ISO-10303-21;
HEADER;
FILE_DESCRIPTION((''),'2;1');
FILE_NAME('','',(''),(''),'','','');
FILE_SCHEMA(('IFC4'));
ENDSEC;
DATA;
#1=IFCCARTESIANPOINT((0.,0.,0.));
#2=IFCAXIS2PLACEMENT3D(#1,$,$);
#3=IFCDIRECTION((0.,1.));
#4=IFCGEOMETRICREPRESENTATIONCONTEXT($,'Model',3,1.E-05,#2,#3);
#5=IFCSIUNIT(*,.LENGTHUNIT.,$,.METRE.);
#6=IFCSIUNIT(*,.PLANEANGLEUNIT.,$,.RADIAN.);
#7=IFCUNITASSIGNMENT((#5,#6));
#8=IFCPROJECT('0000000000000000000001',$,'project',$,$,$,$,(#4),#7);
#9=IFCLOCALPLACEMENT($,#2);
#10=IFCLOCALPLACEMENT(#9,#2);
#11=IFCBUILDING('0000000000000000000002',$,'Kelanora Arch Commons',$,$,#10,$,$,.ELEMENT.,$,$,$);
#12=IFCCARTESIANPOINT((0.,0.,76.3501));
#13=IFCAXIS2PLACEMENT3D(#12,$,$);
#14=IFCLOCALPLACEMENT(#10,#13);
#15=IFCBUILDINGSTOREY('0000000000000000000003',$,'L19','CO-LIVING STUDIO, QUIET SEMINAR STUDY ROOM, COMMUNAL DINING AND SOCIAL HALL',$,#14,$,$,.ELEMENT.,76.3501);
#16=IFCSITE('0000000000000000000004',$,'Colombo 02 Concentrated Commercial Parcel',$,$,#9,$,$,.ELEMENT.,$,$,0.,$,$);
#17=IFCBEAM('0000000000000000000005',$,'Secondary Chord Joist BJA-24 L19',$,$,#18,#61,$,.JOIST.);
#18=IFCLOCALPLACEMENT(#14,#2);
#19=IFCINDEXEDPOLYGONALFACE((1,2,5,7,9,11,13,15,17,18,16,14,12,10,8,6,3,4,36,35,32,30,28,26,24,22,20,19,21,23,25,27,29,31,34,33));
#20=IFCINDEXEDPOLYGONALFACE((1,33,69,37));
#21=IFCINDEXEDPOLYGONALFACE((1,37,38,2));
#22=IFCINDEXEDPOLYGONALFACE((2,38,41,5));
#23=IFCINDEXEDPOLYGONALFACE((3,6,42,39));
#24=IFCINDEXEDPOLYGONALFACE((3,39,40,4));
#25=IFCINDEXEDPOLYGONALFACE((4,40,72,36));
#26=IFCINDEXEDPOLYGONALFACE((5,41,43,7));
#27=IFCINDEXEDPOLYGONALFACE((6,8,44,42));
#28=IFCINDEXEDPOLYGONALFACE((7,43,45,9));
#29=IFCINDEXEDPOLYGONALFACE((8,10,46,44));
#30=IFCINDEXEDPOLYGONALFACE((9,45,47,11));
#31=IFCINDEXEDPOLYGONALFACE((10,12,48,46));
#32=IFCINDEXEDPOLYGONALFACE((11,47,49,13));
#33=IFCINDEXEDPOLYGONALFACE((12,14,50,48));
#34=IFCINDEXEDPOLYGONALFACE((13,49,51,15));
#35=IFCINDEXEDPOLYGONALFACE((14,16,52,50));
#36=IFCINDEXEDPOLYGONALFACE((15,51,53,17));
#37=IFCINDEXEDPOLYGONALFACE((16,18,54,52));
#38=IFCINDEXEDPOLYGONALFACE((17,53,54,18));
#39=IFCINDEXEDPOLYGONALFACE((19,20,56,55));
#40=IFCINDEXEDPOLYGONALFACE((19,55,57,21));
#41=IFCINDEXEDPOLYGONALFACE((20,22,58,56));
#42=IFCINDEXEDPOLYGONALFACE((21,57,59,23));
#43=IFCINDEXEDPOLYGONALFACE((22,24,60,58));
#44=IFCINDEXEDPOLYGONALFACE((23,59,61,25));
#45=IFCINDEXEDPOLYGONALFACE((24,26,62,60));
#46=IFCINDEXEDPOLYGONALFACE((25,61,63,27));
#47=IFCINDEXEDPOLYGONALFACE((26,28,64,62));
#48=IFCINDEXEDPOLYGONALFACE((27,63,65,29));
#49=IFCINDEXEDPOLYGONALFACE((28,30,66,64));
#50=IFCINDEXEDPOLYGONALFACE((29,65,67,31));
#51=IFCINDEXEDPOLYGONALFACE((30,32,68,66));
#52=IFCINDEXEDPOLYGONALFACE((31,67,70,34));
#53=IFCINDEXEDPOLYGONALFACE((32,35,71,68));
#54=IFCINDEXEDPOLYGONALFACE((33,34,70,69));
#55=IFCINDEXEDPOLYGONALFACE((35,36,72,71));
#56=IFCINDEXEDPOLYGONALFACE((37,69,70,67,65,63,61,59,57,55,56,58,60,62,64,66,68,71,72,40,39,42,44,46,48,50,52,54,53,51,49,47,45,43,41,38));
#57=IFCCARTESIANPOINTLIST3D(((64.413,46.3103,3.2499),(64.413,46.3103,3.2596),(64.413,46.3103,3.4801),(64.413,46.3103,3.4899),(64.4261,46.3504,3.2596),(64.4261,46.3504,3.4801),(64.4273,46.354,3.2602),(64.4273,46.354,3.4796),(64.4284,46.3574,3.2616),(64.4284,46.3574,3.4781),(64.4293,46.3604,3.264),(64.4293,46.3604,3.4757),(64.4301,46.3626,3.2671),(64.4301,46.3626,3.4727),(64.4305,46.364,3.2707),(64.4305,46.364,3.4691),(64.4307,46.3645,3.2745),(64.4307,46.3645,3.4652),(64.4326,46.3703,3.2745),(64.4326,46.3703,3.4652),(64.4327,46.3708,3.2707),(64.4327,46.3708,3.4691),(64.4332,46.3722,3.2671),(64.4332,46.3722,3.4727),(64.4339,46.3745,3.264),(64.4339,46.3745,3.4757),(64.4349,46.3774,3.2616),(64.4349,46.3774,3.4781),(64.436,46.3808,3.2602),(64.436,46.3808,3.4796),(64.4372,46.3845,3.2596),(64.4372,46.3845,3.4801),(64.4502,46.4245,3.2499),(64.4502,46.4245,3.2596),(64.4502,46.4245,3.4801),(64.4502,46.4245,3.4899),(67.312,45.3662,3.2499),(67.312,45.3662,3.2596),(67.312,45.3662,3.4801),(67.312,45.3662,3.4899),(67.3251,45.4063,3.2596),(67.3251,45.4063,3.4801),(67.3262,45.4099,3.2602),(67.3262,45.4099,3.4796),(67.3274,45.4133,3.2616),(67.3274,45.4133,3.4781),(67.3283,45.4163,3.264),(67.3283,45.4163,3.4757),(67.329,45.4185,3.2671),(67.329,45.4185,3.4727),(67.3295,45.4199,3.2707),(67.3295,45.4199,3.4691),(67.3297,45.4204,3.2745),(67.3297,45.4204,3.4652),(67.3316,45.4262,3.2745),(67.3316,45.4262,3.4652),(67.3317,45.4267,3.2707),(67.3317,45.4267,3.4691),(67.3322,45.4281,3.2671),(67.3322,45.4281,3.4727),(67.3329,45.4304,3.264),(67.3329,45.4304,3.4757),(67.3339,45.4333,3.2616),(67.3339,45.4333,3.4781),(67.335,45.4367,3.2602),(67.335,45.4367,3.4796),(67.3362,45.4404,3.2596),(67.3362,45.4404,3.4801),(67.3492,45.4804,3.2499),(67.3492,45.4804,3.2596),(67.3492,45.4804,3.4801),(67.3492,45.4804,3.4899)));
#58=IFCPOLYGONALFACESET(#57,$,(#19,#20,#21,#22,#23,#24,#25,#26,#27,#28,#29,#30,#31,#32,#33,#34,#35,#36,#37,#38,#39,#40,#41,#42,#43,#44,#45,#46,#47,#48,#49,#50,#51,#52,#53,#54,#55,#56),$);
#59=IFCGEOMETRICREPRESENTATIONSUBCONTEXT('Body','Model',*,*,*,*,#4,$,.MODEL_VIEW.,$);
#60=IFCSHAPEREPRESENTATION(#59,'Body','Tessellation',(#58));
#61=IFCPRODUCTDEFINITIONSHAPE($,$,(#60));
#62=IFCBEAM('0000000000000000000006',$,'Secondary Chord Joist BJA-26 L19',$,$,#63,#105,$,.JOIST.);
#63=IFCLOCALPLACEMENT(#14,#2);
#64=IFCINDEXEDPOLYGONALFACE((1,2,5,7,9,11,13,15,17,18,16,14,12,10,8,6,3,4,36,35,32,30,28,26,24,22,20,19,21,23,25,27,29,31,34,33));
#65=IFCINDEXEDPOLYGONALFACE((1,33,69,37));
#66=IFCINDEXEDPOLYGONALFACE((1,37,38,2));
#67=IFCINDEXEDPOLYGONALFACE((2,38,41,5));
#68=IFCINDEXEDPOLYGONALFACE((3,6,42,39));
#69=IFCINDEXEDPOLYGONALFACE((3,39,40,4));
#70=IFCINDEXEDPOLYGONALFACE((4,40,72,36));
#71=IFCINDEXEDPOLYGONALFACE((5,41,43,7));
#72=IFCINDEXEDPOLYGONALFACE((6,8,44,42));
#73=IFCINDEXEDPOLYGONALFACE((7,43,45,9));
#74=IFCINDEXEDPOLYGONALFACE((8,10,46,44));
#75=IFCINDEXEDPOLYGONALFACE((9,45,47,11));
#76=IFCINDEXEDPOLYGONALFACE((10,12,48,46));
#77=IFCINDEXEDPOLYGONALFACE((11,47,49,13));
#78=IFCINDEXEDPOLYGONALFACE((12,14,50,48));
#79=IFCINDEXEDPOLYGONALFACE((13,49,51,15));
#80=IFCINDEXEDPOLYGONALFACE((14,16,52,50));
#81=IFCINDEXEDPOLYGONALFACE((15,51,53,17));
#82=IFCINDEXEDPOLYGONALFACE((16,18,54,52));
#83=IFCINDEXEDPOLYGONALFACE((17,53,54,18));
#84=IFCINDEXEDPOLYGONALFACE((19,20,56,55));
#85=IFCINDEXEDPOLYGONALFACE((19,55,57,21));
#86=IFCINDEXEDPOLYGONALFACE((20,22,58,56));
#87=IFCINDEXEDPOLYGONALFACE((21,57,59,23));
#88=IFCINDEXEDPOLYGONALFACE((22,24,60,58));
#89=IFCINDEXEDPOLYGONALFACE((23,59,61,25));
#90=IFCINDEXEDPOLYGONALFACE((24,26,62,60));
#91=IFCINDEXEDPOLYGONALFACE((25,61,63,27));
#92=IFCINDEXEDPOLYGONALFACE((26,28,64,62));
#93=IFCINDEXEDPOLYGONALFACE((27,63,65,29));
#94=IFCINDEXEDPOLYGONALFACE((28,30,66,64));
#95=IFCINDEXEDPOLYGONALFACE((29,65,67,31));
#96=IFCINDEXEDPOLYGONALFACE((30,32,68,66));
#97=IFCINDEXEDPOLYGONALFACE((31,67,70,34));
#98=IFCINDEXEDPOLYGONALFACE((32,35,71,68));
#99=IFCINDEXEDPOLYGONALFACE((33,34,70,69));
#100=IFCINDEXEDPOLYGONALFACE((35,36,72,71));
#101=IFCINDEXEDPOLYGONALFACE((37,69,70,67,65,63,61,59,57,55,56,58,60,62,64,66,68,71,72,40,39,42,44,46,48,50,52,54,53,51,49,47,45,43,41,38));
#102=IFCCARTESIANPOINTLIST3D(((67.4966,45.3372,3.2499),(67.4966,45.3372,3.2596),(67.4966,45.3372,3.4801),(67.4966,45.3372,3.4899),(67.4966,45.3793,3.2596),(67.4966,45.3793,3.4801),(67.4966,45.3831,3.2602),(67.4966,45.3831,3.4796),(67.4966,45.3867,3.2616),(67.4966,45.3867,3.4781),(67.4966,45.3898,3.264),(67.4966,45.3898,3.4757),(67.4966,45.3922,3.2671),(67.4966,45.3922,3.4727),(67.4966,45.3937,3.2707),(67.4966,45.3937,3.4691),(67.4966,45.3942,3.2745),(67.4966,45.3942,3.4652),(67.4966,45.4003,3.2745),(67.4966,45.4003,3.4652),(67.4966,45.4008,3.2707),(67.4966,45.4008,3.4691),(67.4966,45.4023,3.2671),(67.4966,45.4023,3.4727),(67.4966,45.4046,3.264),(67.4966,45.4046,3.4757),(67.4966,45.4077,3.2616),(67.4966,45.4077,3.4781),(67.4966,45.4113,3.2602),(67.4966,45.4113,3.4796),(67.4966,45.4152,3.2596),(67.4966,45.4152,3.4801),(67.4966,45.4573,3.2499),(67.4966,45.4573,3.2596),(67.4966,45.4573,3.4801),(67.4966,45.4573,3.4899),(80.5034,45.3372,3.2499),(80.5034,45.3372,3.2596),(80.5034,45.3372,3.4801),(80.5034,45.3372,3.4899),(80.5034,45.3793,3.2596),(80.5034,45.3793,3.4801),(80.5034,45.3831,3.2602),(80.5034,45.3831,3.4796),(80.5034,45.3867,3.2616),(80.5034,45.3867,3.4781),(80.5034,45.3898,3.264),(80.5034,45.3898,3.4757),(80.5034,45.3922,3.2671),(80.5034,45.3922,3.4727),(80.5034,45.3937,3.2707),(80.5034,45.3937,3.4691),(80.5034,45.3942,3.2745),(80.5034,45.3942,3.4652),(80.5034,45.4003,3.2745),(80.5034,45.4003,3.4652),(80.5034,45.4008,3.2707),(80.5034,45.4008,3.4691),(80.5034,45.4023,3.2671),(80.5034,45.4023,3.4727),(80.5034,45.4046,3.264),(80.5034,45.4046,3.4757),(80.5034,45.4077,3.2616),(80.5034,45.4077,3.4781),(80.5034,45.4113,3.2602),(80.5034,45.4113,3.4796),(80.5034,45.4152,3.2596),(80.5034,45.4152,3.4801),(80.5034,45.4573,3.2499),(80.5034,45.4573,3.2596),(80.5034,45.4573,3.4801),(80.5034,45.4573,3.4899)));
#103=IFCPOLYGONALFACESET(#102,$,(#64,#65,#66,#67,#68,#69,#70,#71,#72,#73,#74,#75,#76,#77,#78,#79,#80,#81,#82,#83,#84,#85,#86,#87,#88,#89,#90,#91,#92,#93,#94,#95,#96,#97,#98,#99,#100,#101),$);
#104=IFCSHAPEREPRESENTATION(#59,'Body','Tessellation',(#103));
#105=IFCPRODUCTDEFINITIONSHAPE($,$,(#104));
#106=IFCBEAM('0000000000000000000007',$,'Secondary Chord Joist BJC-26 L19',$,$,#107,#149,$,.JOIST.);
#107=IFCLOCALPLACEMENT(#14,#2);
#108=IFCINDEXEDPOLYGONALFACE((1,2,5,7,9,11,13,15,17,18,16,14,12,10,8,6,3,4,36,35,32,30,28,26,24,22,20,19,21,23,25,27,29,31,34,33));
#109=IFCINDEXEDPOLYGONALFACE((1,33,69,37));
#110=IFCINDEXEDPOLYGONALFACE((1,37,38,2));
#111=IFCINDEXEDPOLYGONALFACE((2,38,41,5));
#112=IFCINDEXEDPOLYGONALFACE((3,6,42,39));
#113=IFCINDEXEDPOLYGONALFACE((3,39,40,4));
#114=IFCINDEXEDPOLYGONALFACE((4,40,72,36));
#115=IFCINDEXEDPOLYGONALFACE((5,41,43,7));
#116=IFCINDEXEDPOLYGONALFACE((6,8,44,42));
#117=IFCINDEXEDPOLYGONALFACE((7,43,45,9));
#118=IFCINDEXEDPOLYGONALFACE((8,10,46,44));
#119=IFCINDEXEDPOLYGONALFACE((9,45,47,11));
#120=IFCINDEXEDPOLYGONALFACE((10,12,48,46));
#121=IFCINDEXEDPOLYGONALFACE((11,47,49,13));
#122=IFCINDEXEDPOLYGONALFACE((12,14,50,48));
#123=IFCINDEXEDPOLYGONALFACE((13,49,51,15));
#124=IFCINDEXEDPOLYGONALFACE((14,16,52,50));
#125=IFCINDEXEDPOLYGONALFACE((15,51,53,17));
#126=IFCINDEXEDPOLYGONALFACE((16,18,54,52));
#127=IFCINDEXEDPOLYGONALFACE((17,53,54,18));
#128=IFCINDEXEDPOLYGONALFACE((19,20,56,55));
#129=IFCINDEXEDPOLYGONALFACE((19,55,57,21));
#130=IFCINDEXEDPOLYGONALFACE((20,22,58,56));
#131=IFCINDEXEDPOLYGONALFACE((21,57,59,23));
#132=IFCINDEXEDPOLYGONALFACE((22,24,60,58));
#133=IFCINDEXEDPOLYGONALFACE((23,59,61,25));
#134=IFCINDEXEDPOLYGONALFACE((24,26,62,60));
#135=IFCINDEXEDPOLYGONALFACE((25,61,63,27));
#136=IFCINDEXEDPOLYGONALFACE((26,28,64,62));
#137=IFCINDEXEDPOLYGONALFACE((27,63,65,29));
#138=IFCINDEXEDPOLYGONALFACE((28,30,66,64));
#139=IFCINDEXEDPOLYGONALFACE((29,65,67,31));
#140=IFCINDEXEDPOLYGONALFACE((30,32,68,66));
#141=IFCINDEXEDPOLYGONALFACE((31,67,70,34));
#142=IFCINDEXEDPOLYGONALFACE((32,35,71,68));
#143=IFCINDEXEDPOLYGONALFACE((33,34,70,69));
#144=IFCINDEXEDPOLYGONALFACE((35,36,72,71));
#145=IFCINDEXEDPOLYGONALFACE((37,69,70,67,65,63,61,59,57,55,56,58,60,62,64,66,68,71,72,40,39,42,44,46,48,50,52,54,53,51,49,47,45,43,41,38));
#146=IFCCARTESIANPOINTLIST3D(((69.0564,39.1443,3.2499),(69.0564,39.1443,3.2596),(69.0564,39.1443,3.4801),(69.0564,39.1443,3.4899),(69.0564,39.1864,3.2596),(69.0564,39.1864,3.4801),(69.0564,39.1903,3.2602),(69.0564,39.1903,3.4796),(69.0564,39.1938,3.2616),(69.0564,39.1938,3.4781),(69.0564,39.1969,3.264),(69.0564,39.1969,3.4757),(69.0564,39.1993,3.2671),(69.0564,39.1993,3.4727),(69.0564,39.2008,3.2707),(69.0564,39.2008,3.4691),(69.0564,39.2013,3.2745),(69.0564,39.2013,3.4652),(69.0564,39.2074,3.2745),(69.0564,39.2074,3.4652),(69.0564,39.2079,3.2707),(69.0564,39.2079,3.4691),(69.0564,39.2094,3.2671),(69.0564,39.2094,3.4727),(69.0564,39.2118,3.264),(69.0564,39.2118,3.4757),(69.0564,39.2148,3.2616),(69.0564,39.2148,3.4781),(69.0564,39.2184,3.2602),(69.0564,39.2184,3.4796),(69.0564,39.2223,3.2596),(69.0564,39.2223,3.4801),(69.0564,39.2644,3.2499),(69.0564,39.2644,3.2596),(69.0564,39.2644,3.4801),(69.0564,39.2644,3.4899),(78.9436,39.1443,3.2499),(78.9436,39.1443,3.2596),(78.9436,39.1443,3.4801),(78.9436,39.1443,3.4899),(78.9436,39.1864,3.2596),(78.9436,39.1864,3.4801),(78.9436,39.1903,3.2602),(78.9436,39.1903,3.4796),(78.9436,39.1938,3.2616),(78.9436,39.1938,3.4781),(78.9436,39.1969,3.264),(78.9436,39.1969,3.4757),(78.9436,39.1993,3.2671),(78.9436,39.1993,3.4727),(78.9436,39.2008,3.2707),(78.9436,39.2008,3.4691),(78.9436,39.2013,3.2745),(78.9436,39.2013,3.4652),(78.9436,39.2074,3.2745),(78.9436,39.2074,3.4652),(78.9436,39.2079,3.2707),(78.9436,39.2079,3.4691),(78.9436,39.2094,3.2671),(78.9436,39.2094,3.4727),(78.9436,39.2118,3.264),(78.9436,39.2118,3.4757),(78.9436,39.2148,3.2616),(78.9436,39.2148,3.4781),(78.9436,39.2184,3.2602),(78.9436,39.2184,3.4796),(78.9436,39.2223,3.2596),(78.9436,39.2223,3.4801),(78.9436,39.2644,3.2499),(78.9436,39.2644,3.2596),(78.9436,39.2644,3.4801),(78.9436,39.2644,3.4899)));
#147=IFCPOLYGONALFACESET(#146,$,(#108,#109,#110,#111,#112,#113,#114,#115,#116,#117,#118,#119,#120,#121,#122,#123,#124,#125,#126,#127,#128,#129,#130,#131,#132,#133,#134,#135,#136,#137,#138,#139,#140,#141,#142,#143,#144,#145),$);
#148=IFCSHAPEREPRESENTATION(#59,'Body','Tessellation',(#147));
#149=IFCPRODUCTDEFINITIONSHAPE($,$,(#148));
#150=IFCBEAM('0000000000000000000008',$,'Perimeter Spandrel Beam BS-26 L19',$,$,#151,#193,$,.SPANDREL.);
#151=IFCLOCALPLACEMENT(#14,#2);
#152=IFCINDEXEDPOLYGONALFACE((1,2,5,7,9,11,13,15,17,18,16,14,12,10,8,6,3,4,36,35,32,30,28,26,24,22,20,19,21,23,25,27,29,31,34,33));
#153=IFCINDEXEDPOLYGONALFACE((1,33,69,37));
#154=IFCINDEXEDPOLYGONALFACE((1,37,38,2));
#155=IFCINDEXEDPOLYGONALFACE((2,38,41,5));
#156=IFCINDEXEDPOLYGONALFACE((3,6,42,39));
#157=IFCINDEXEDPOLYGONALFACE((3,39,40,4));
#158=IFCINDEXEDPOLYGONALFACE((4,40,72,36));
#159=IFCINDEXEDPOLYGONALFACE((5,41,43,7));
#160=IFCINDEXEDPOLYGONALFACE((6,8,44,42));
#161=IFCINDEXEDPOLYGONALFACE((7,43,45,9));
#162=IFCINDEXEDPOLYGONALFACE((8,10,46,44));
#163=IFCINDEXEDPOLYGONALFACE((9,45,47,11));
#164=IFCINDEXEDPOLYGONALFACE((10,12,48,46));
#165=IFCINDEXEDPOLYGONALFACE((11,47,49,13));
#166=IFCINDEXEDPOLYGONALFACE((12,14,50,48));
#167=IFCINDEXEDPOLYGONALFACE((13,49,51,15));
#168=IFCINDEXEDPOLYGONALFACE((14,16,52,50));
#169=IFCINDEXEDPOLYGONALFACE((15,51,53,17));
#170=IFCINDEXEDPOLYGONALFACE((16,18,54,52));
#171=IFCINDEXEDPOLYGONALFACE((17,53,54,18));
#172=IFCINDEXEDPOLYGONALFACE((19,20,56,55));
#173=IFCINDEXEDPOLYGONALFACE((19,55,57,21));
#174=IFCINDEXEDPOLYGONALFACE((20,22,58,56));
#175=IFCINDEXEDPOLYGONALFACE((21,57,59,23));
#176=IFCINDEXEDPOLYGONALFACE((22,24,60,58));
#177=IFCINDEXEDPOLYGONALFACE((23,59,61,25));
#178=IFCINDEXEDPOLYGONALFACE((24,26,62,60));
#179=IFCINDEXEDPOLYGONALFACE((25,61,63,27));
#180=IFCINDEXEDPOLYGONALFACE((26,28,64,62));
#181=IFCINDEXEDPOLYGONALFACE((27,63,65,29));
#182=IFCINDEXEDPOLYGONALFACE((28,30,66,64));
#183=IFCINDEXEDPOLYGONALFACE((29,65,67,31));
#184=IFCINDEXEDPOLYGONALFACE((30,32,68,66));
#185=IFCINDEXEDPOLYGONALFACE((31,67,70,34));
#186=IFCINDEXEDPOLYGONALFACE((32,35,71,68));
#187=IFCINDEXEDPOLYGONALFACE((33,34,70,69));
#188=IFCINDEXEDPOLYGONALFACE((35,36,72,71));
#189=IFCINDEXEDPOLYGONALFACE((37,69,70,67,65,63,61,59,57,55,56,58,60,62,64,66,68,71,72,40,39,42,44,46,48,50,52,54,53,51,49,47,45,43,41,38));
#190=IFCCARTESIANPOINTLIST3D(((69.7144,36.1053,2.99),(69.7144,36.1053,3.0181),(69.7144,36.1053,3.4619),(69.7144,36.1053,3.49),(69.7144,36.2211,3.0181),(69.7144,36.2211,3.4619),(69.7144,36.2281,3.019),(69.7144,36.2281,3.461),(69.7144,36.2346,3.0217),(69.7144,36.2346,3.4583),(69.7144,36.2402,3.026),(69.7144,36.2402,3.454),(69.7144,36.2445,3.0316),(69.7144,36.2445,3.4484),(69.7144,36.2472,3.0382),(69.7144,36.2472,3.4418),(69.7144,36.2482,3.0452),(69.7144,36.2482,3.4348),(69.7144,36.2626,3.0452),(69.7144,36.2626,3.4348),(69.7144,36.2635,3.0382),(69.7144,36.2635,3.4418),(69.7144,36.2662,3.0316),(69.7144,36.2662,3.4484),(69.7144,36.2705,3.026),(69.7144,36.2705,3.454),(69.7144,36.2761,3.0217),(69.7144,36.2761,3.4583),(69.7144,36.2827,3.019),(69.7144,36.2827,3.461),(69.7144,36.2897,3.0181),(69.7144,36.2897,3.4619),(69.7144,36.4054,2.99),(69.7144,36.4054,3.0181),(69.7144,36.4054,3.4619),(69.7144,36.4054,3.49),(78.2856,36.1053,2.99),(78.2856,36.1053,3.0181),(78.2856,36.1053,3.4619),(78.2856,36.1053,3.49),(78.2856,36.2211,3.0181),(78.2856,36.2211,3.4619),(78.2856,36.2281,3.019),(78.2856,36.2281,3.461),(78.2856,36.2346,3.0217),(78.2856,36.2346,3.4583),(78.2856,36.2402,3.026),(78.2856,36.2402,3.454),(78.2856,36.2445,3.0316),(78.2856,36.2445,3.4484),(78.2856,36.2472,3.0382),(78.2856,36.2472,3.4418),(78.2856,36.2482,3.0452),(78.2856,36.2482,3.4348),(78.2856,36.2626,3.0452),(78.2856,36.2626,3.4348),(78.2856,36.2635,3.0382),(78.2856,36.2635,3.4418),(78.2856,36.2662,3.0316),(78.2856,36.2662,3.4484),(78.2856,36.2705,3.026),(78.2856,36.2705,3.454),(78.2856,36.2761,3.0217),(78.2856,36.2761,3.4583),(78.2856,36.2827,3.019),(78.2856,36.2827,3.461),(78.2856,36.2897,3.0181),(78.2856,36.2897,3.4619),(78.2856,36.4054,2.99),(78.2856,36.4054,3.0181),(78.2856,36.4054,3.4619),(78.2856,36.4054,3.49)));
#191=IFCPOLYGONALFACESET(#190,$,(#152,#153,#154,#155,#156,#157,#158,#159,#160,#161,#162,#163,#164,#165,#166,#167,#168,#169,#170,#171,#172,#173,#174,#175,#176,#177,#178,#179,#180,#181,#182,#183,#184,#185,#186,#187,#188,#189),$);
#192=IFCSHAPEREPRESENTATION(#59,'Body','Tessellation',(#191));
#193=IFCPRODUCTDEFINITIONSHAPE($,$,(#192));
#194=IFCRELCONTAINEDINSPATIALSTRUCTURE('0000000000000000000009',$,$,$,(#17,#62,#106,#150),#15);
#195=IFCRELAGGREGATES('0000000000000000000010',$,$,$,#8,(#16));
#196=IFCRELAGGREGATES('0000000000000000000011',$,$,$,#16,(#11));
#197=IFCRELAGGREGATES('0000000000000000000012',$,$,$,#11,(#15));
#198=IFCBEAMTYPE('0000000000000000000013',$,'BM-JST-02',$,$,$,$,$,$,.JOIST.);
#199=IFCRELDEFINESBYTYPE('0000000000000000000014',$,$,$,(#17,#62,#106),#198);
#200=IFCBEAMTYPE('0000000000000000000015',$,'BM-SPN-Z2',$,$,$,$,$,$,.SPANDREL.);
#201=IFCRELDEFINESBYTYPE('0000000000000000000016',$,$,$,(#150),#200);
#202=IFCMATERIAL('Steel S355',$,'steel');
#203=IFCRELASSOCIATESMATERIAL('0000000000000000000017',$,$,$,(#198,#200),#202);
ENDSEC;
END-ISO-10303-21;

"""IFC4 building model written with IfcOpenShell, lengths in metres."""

from ifc_helpers import new_model, si_unit, direction, frame, origin, origin_2d, place, context, subcontext, project, spatial, i_section, extrude, material, material_profile, profile_set, type_object, element, save


model = new_model("IFC4")

# Units and contexts
model_context = context("Model", 3, precision=1e-05, world=origin(), true_north=direction((0.0, 1.0)))
body_context = subcontext(model_context, "Body", "Model", "MODEL_VIEW")
ifc_project = project(units=[si_unit("LENGTHUNIT", "METRE"), si_unit("PLANEANGLEUNIT", "RADIAN")], contexts=[model_context])

# Site, building, storey
site_placement = place(None, origin())
site = spatial("IfcSite", under=ifc_project, at=site_placement, Name="Colombo 02 Concentrated Commercial Parcel", CompositionType="ELEMENT", RefElevation=0.0)
building_placement = place(site_placement, origin())
building = spatial("IfcBuilding", under=site, at=building_placement, Name="Kelanora Arch Commons", CompositionType="ELEMENT")
storey_placement = place(building_placement, frame((0.0, 0.0, 76.3501)))
storey = spatial("IfcBuildingStorey", under=building, at=storey_placement, Name="L19", Description="CO-LIVING STUDIO, QUIET SEMINAR STUDY ROOM, COMMUNAL DINING AND SOCIAL HALL", CompositionType="ELEMENT", Elevation=76.3501)

# Beams
ifc_material_1 = material(Name="Steel S355", Category="steel")
ifc_material_profile_1 = material_profile(ifc_material_1, i_section(OverallWidth=0.1201, OverallDepth=0.24, WebThickness=0.0061, FlangeThickness=0.0098, FilletRadius=0.0149, at=origin_2d()), Name="IPE240")
ifc_profile_set_1 = profile_set([ifc_material_profile_1], Name="Steel S355")
beam_type_1 = type_object("IfcBeamType", Name="BM-JST-02", PredefinedType="JOIST", material=ifc_profile_set_1)
beam_1_placement = place(storey_placement, frame((64.4316, 46.3674, 3.3699), z_axis=(0.950847, -0.309662, 0.0), x_axis=(0.309662, 0.950847, 0.0)))
element("IfcBeam", 1, at=beam_1_placement, inside=storey, type_object=beam_type_1, Name="Secondary Chord Joist BJA-24 L19", PredefinedType="JOIST", context=body_context, shape_type="SweptSolid", body=[
    extrude(i_section(OverallWidth=0.1201, OverallDepth=0.24, WebThickness=0.0061, FlangeThickness=0.0098, FilletRadius=0.0149, at=origin_2d()), origin(), (0.0, 0.0, 1.0), 3.0488),
])
beam_2_placement = place(storey_placement, frame((67.4966, 45.3972, 3.3699), z_axis=(1.0, 0.0, 0.0), x_axis=(0.0, 1.0, 0.0)))
element("IfcBeam", 2, at=beam_2_placement, inside=storey, type_object=beam_type_1, Name="Secondary Chord Joist BJA-26 L19", PredefinedType="JOIST", context=body_context, shape_type="SweptSolid", body=[
    extrude(i_section(OverallWidth=0.1201, OverallDepth=0.24, WebThickness=0.0061, FlangeThickness=0.0098, FilletRadius=0.0149, at=origin_2d()), origin(), (0.0, 0.0, 1.0), 13.0068),
])
beam_3_placement = place(storey_placement, frame((69.0564, 39.2043, 3.3699), z_axis=(1.0, 0.0, 0.0), x_axis=(0.0, 1.0, 0.0)))
element("IfcBeam", 3, at=beam_3_placement, inside=storey, type_object=beam_type_1, Name="Secondary Chord Joist BJC-26 L19", PredefinedType="JOIST", context=body_context, shape_type="SweptSolid", body=[
    extrude(i_section(OverallWidth=0.1201, OverallDepth=0.24, WebThickness=0.0061, FlangeThickness=0.0098, FilletRadius=0.0149, at=origin_2d()), origin(), (0.0, 0.0, 1.0), 9.8872),
])
ifc_material_profile_2 = material_profile(ifc_material_1, i_section(OverallWidth=0.3, OverallDepth=0.5, WebThickness=0.0144, FlangeThickness=0.0281, FilletRadius=0.0271, at=origin_2d()), Name="HEB500")
ifc_profile_set_2 = profile_set([ifc_material_profile_2], Name="Steel S355")
beam_type_2 = type_object("IfcBeamType", Name="BM-SPN-Z2", PredefinedType="SPANDREL", material=ifc_profile_set_2)
beam_4_placement = place(storey_placement, frame((69.7144, 36.2554, 3.24), z_axis=(1.0, 0.0, 0.0), x_axis=(0.0, 1.0, 0.0)))
element("IfcBeam", 4, at=beam_4_placement, inside=storey, type_object=beam_type_2, Name="Perimeter Spandrel Beam BS-26 L19", PredefinedType="SPANDREL", context=body_context, shape_type="SweptSolid", body=[
    extrude(i_section(OverallWidth=0.3, OverallDepth=0.5, WebThickness=0.0144, FlangeThickness=0.0281, FilletRadius=0.0271, at=origin_2d()), origin(), (0.0, 0.0, 1.0), 8.5713),
])

save(model, "model.ifc")
